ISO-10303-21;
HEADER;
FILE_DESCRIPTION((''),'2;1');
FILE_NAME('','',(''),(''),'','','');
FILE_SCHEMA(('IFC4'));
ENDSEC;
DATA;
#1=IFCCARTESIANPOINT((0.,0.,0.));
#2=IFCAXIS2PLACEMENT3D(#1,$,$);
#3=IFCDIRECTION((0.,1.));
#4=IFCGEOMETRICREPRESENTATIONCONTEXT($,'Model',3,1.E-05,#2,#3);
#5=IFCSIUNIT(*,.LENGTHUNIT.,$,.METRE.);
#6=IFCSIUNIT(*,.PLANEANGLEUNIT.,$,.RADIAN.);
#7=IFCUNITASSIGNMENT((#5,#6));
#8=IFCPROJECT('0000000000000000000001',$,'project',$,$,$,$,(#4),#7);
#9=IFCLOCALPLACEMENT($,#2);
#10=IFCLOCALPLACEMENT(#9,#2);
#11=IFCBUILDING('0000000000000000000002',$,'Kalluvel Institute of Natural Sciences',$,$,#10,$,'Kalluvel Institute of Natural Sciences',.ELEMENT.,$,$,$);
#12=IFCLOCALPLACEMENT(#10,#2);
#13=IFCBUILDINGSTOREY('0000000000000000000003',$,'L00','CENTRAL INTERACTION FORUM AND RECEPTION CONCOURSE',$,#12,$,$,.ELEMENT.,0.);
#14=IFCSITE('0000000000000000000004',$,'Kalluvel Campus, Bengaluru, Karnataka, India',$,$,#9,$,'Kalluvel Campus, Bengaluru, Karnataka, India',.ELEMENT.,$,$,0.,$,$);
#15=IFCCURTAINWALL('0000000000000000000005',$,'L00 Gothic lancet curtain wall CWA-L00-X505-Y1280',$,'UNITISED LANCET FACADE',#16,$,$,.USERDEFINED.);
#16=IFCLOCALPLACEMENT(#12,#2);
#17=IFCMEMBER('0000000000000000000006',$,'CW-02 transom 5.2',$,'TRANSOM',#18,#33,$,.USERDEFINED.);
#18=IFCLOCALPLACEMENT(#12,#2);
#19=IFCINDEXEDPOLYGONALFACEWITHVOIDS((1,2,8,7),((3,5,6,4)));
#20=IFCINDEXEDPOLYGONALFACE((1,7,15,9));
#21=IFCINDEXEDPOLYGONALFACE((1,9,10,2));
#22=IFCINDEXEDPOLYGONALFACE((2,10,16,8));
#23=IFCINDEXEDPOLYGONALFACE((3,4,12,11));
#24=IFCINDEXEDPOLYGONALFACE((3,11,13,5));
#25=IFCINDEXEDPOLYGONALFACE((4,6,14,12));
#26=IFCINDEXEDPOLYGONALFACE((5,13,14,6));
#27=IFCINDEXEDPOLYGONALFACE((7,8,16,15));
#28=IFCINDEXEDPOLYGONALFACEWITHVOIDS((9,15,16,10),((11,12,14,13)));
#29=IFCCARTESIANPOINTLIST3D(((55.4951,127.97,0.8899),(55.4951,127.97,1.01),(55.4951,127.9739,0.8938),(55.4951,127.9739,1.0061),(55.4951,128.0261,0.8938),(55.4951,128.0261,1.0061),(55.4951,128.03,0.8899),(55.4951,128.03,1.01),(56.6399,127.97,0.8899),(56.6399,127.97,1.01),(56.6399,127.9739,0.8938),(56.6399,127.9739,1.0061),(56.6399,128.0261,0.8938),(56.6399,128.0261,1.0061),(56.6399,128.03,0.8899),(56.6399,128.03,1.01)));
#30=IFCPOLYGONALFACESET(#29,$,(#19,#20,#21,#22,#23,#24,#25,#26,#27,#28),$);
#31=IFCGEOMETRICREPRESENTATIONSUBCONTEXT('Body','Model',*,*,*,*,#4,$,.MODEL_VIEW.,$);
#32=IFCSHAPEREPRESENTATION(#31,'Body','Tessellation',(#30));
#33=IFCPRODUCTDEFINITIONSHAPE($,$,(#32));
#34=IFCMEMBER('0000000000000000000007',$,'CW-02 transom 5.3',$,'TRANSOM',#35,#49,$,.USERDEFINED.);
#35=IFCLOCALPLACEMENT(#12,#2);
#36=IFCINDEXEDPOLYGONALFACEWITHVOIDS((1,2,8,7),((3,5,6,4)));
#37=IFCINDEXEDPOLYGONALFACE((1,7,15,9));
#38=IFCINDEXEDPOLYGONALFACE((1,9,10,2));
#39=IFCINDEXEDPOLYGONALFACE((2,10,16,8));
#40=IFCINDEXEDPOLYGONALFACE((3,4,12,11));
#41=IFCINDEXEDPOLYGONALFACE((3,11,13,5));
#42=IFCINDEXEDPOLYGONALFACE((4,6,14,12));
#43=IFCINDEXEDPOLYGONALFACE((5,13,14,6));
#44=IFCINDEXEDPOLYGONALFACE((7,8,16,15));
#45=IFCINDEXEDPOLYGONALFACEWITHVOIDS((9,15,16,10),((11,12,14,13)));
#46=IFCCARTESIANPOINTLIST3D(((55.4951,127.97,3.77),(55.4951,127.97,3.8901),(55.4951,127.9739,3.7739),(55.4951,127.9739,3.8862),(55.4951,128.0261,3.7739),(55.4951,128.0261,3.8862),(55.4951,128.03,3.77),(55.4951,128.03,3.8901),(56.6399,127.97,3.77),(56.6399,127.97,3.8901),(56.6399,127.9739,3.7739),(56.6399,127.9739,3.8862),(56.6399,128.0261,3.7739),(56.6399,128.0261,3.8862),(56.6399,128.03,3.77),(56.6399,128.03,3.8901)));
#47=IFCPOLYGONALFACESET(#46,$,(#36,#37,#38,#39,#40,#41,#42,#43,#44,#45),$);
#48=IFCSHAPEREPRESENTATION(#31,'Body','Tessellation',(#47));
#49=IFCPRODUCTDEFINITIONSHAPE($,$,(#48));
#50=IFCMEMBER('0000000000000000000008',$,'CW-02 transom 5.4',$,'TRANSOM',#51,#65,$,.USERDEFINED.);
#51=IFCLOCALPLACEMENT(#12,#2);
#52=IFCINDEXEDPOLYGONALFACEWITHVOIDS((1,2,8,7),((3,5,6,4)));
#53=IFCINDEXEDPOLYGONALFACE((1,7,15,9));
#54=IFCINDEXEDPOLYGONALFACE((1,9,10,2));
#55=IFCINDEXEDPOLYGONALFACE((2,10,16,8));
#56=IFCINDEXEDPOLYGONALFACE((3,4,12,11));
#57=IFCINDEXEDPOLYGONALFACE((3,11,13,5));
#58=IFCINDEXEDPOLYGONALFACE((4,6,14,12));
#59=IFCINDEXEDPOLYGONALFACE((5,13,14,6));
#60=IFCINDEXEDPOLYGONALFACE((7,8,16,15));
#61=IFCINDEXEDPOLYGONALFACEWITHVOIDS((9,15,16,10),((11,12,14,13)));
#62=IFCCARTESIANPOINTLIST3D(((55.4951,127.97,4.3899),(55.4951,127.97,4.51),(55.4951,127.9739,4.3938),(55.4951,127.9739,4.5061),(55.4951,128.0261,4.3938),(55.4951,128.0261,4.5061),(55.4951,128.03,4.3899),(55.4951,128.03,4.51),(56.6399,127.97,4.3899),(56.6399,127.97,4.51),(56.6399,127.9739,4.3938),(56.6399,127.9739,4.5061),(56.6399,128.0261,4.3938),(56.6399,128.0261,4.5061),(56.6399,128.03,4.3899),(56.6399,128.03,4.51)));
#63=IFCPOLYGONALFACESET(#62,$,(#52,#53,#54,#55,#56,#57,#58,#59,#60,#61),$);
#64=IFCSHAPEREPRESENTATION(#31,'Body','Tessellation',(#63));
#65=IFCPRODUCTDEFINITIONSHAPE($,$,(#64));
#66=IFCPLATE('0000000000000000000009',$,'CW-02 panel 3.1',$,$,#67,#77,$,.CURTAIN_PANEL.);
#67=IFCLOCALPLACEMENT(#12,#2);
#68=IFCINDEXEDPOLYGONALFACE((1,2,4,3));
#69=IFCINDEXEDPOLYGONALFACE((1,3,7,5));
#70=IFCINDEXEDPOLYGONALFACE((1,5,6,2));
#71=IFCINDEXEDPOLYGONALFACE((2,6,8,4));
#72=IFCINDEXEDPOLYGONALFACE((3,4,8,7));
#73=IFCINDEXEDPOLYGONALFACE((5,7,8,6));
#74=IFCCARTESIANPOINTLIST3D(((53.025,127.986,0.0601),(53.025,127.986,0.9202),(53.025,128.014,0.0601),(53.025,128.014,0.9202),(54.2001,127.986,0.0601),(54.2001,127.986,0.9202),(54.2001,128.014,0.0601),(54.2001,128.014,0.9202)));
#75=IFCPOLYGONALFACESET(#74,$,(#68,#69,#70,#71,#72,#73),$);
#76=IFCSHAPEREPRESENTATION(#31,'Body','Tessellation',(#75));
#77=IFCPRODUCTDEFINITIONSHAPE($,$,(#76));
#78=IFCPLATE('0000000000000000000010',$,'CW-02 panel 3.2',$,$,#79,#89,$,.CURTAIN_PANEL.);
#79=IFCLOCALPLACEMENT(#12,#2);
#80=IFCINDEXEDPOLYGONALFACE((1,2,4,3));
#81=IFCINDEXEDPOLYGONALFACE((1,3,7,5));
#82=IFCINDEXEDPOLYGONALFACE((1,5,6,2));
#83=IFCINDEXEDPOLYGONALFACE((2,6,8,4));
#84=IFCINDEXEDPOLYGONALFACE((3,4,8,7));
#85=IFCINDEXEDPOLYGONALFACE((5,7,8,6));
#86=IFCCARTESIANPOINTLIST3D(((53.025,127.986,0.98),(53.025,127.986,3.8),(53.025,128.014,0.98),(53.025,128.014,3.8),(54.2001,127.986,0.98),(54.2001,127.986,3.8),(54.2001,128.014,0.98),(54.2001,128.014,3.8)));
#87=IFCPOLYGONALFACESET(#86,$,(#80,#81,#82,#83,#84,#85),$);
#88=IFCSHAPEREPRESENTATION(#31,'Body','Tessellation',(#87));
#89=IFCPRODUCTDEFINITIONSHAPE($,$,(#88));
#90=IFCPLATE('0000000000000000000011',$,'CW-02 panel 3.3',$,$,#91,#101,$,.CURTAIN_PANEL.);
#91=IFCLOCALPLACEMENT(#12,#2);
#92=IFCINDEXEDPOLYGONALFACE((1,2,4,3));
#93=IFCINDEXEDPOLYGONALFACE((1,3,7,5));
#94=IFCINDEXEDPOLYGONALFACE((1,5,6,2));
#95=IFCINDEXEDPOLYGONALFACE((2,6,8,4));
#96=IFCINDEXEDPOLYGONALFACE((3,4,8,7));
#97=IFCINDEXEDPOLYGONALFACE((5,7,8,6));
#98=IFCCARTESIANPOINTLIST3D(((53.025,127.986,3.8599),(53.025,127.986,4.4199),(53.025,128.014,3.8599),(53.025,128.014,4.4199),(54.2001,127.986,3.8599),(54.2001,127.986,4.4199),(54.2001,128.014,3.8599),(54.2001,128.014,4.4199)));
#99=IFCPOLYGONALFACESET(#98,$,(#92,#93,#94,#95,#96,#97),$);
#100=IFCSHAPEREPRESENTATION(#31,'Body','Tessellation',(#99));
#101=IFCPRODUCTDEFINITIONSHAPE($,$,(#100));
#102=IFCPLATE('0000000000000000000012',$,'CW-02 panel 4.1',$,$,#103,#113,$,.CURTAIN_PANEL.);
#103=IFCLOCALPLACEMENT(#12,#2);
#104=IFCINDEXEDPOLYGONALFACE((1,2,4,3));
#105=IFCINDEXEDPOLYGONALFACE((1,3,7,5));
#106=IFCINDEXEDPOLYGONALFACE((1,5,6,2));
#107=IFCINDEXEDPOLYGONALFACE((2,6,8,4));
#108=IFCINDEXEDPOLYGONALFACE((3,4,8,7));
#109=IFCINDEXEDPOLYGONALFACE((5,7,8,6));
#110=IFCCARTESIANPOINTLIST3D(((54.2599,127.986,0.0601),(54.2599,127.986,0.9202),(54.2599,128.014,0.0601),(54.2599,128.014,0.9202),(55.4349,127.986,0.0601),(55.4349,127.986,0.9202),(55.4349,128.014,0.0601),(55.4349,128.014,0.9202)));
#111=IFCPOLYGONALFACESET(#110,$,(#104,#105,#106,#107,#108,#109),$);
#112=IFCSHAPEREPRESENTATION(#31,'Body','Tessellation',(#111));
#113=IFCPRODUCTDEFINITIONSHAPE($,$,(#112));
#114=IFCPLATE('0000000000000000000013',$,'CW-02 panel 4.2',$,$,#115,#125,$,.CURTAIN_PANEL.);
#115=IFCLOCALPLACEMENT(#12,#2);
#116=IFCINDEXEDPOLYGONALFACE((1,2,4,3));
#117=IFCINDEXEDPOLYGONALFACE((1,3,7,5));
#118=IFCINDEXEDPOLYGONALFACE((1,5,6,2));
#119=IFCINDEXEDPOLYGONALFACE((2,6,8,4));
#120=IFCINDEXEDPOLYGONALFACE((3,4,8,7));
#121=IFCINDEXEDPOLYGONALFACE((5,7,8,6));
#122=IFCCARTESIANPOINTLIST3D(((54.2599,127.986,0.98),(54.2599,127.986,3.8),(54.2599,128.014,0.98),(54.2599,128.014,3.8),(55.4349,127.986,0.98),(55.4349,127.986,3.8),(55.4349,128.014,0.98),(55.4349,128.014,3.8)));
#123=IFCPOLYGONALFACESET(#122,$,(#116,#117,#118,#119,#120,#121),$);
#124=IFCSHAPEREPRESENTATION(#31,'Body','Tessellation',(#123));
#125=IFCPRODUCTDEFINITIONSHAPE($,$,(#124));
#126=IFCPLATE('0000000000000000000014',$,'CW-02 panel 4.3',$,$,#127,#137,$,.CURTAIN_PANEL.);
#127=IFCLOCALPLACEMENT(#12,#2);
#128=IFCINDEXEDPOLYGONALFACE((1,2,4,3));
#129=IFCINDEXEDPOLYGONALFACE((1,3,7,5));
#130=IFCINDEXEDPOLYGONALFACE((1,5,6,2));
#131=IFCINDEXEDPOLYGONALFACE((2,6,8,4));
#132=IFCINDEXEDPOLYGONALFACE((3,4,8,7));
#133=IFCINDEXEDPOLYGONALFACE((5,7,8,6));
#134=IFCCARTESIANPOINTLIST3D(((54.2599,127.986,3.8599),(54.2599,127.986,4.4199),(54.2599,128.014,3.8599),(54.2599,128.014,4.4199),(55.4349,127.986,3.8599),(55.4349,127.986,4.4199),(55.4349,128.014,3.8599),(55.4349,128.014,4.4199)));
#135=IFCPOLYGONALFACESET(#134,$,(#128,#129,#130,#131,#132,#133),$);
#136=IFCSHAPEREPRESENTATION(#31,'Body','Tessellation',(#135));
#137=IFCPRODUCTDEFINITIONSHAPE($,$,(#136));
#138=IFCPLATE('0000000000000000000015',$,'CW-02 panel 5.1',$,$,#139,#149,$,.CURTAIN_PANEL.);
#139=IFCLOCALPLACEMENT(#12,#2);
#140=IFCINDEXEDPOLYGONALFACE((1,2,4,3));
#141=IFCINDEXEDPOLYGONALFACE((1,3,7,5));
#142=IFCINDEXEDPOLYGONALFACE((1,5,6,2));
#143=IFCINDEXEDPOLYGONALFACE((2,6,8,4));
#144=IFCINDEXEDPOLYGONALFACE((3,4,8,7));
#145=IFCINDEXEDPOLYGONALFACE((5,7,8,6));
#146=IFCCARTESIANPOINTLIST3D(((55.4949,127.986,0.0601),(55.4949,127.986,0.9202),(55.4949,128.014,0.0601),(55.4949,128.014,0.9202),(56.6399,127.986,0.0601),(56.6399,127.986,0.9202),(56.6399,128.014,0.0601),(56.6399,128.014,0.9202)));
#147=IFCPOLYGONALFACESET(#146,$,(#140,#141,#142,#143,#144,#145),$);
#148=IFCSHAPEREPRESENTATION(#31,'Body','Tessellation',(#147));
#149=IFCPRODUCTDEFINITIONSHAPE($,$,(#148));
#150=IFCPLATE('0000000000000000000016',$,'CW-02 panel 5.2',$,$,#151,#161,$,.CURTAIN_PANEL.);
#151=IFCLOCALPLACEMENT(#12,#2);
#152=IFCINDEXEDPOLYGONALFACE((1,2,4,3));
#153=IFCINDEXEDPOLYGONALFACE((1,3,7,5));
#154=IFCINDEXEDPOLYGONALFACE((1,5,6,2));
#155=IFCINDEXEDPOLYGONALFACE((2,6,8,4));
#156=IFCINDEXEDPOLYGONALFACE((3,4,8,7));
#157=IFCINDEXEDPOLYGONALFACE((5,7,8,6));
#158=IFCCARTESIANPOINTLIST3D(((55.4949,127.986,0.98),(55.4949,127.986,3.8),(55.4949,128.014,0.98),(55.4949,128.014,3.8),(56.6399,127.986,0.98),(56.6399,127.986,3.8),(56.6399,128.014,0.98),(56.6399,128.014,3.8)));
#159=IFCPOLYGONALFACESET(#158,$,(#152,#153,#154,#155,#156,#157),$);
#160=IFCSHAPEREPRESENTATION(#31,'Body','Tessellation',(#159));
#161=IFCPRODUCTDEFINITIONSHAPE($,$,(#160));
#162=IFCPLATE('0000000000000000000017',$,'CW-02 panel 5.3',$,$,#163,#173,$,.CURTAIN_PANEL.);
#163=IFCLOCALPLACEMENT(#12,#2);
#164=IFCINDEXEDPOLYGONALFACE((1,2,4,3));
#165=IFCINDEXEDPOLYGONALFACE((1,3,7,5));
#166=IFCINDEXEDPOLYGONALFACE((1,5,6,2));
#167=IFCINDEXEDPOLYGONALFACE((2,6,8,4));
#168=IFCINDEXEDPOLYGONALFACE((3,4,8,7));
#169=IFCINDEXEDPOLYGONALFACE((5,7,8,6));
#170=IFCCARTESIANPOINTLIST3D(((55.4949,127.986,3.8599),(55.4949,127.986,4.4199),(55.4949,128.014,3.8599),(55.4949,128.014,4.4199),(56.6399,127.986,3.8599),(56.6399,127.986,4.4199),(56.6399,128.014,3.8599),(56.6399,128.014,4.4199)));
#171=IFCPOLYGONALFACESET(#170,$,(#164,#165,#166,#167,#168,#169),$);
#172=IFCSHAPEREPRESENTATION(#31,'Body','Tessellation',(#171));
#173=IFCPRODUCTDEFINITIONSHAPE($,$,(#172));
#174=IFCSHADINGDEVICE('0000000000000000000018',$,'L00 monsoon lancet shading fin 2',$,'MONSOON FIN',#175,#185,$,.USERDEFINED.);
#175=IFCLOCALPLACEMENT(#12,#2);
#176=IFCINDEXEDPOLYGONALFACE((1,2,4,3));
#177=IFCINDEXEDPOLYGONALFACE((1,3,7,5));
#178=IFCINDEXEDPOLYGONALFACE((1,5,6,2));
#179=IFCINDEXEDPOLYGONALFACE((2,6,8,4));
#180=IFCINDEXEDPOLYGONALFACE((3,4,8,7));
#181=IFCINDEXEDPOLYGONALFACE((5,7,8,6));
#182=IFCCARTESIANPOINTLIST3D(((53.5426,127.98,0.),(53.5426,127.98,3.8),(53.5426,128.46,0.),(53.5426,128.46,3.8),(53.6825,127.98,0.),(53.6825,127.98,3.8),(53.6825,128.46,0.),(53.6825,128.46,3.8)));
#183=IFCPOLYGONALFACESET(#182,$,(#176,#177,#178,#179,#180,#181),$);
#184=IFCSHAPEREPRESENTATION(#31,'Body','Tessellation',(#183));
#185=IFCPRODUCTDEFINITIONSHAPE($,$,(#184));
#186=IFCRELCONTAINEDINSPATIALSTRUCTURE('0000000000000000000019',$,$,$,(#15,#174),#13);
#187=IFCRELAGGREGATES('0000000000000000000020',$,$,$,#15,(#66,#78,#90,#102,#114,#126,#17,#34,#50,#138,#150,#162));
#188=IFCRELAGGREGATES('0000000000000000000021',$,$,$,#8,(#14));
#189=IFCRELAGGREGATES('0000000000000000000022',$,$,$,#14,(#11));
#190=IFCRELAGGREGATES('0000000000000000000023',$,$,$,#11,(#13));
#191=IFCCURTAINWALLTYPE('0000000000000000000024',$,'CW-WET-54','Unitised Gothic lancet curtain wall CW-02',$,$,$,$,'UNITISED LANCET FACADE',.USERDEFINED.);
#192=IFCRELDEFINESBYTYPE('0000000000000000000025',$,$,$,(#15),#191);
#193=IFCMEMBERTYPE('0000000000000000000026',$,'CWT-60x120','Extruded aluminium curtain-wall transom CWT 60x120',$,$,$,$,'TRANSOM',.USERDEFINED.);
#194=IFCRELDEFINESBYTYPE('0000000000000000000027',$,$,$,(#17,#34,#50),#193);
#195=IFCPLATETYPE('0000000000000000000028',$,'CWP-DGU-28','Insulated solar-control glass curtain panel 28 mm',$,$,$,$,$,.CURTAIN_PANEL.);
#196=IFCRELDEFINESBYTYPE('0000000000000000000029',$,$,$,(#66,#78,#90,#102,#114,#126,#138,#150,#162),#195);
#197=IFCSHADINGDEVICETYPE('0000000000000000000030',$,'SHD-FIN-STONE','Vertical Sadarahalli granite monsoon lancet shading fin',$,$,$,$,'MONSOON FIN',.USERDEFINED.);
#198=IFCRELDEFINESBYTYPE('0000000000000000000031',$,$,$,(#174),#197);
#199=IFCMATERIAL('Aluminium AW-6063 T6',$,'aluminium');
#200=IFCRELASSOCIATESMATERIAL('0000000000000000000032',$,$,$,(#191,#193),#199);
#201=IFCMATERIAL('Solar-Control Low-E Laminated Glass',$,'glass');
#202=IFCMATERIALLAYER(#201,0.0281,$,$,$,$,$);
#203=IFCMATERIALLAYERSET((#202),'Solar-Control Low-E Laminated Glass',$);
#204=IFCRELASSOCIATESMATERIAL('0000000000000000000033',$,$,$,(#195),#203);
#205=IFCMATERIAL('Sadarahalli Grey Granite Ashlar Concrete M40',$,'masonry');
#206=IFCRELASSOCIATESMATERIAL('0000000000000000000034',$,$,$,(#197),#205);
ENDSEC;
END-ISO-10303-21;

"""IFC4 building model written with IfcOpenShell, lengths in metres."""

from ifc_helpers import new_model, si_unit, direction, frame, origin, origin_2d, place, context, subcontext, project, spatial, rectangle, hollow_rectangle, extrude, material, layer, layer_set, material_profile, profile_set, type_object, element, aggregate, save


model = new_model("IFC4")

# Units and contexts
model_context = context("Model", 3, precision=1e-05, world=origin(), true_north=direction((0.0, 1.0)))
body_context = subcontext(model_context, "Body", "Model", "MODEL_VIEW")
ifc_project = project(units=[si_unit("LENGTHUNIT", "METRE"), si_unit("PLANEANGLEUNIT", "RADIAN")], contexts=[model_context])

# Site, building, storey
site_placement = place(None, origin())
site = spatial("IfcSite", under=ifc_project, at=site_placement, Name="Kalluvel Campus, Bengaluru, Karnataka, India", LongName="Kalluvel Campus, Bengaluru, Karnataka, India", CompositionType="ELEMENT", RefElevation=0.0)
building_placement = place(site_placement, origin())
building = spatial("IfcBuilding", under=site, at=building_placement, Name="Kalluvel Institute of Natural Sciences", LongName="Kalluvel Institute of Natural Sciences", CompositionType="ELEMENT")
storey_placement = place(building_placement, origin())
storey = spatial("IfcBuildingStorey", under=building, at=storey_placement, Name="L00", Description="CENTRAL INTERACTION FORUM AND RECEPTION CONCOURSE", CompositionType="ELEMENT", Elevation=0.0)

# Curtain wall, members, plates
ifc_material_1 = material(Name="Aluminium AW-6063 T6", Category="aluminium")
curtain_wall_type = type_object("IfcCurtainWallType", Name="CW-WET-54", Description="Unitised Gothic lancet curtain wall CW-02", ElementType="UNITISED LANCET FACADE", PredefinedType="USERDEFINED", material=ifc_material_1)
curtain_wall_placement = place(storey_placement, origin())
curtain_wall = element("IfcCurtainWall", 1, at=curtain_wall_placement, inside=storey, type_object=curtain_wall_type, Name="L00 Gothic lancet curtain wall CWA-L00-X505-Y1280", ObjectType="UNITISED LANCET FACADE", PredefinedType="USERDEFINED")
ifc_material_profile_1 = material_profile(ifc_material_1, hollow_rectangle(XDim=0.0601, YDim=0.1201, WallThickness=0.0039, at=origin_2d()), Name="CWT 60x120")
ifc_profile_set_1 = profile_set([ifc_material_profile_1], Name="Aluminium AW-6063 T6")
member_type_1 = type_object("IfcMemberType", Name="CWT-60x120", Description="Extruded aluminium curtain-wall transom CWT 60x120", ElementType="TRANSOM", PredefinedType="USERDEFINED", material=ifc_profile_set_1)
member_1_placement = place(storey_placement, frame((55.4951, 128.0, 0.95), z_axis=(1.0, 0.0, 0.0), x_axis=(0.0, 1.0, 0.0)))
member_1 = element("IfcMember", 2, at=member_1_placement, type_object=member_type_1, Name="CW-02 transom 5.2", ObjectType="TRANSOM", PredefinedType="USERDEFINED", context=body_context, shape_type="SweptSolid", body=[
    extrude(hollow_rectangle(XDim=0.0601, YDim=0.1201, WallThickness=0.0039, at=origin_2d()), origin(), (0.0, 0.0, 1.0), 1.1448),
])
member_2_placement = place(storey_placement, frame((55.4951, 128.0, 3.8301), z_axis=(1.0, 0.0, 0.0), x_axis=(0.0, 1.0, 0.0)))
member_2 = element("IfcMember", 3, at=member_2_placement, type_object=member_type_1, Name="CW-02 transom 5.3", ObjectType="TRANSOM", PredefinedType="USERDEFINED", context=body_context, shape_type="SweptSolid", body=[
    extrude(hollow_rectangle(XDim=0.0601, YDim=0.1201, WallThickness=0.0039, at=origin_2d()), origin(), (0.0, 0.0, 1.0), 1.1448),
])
member_3_placement = place(storey_placement, frame((55.4951, 128.0, 4.45), z_axis=(1.0, 0.0, 0.0), x_axis=(0.0, 1.0, 0.0)))
member_3 = element("IfcMember", 4, at=member_3_placement, type_object=member_type_1, Name="CW-02 transom 5.4", ObjectType="TRANSOM", PredefinedType="USERDEFINED", context=body_context, shape_type="SweptSolid", body=[
    extrude(hollow_rectangle(XDim=0.0601, YDim=0.1201, WallThickness=0.0039, at=origin_2d()), origin(), (0.0, 0.0, 1.0), 1.1448),
])
ifc_material_2 = material(Name="Solar-Control Low-E Laminated Glass", Category="glass")
ifc_layer = layer(ifc_material_2, 0.0281)
ifc_layer_set = layer_set([ifc_layer], Name="Solar-Control Low-E Laminated Glass")
plate_type = type_object("IfcPlateType", Name="CWP-DGU-28", Description="Insulated solar-control glass curtain panel 28 mm", PredefinedType="CURTAIN_PANEL", material=ifc_layer_set)
plate_1_placement = place(storey_placement, frame((53.6125, 128.0, 0.0601), z_axis=(0.0, 0.0, 1.0), x_axis=(1.0, 0.0, 0.0)))
plate_1 = element("IfcPlate", 5, at=plate_1_placement, type_object=plate_type, Name="CW-02 panel 3.1", PredefinedType="CURTAIN_PANEL", context=body_context, shape_type="SweptSolid", body=[
    extrude(rectangle(XDim=1.175, YDim=0.0281, at=origin_2d()), origin(), (0.0, 0.0, 1.0), 0.8601),
])
plate_2_placement = place(storey_placement, frame((53.6125, 128.0, 0.98), z_axis=(0.0, 0.0, 1.0), x_axis=(1.0, 0.0, 0.0)))
plate_2 = element("IfcPlate", 6, at=plate_2_placement, type_object=plate_type, Name="CW-02 panel 3.2", PredefinedType="CURTAIN_PANEL", context=body_context, shape_type="SweptSolid", body=[
    extrude(rectangle(XDim=1.175, YDim=0.0281, at=origin_2d()), origin(), (0.0, 0.0, 1.0), 2.8201),
])
plate_3_placement = place(storey_placement, frame((53.6125, 128.0, 3.8599), z_axis=(0.0, 0.0, 1.0), x_axis=(1.0, 0.0, 0.0)))
plate_3 = element("IfcPlate", 7, at=plate_3_placement, type_object=plate_type, Name="CW-02 panel 3.3", PredefinedType="CURTAIN_PANEL", context=body_context, shape_type="SweptSolid", body=[
    extrude(rectangle(XDim=1.175, YDim=0.0281, at=origin_2d()), origin(), (0.0, 0.0, 1.0), 0.5601),
])
plate_4_placement = place(storey_placement, frame((54.8474, 128.0, 0.0601), z_axis=(0.0, 0.0, 1.0), x_axis=(1.0, 0.0, 0.0)))
plate_4 = element("IfcPlate", 8, at=plate_4_placement, type_object=plate_type, Name="CW-02 panel 4.1", PredefinedType="CURTAIN_PANEL", context=body_context, shape_type="SweptSolid", body=[
    extrude(rectangle(XDim=1.175, YDim=0.0281, at=origin_2d()), origin(), (0.0, 0.0, 1.0), 0.8601),
])
plate_5_placement = place(storey_placement, frame((54.8474, 128.0, 0.98), z_axis=(0.0, 0.0, 1.0), x_axis=(1.0, 0.0, 0.0)))
plate_5 = element("IfcPlate", 9, at=plate_5_placement, type_object=plate_type, Name="CW-02 panel 4.2", PredefinedType="CURTAIN_PANEL", context=body_context, shape_type="SweptSolid", body=[
    extrude(rectangle(XDim=1.175, YDim=0.0281, at=origin_2d()), origin(), (0.0, 0.0, 1.0), 2.8201),
])
plate_6_placement = place(storey_placement, frame((54.8474, 128.0, 3.8599), z_axis=(0.0, 0.0, 1.0), x_axis=(1.0, 0.0, 0.0)))
plate_6 = element("IfcPlate", 10, at=plate_6_placement, type_object=plate_type, Name="CW-02 panel 4.3", PredefinedType="CURTAIN_PANEL", context=body_context, shape_type="SweptSolid", body=[
    extrude(rectangle(XDim=1.175, YDim=0.0281, at=origin_2d()), origin(), (0.0, 0.0, 1.0), 0.5601),
])
plate_7_placement = place(storey_placement, frame((56.0674, 128.0, 0.0601), z_axis=(0.0, 0.0, 1.0), x_axis=(1.0, 0.0, 0.0)))
plate_7 = element("IfcPlate", 11, at=plate_7_placement, type_object=plate_type, Name="CW-02 panel 5.1", PredefinedType="CURTAIN_PANEL", context=body_context, shape_type="SweptSolid", body=[
    extrude(rectangle(XDim=1.145, YDim=0.0281, at=origin_2d()), origin(), (0.0, 0.0, 1.0), 0.8601),
])
plate_8_placement = place(storey_placement, frame((56.0674, 128.0, 0.98), z_axis=(0.0, 0.0, 1.0), x_axis=(1.0, 0.0, 0.0)))
plate_8 = element("IfcPlate", 12, at=plate_8_placement, type_object=plate_type, Name="CW-02 panel 5.2", PredefinedType="CURTAIN_PANEL", context=body_context, shape_type="SweptSolid", body=[
    extrude(rectangle(XDim=1.145, YDim=0.0281, at=origin_2d()), origin(), (0.0, 0.0, 1.0), 2.8201),
])
plate_9_placement = place(storey_placement, frame((56.0674, 128.0, 3.8599), z_axis=(0.0, 0.0, 1.0), x_axis=(1.0, 0.0, 0.0)))
plate_9 = element("IfcPlate", 13, at=plate_9_placement, type_object=plate_type, Name="CW-02 panel 5.3", PredefinedType="CURTAIN_PANEL", context=body_context, shape_type="SweptSolid", body=[
    extrude(rectangle(XDim=1.145, YDim=0.0281, at=origin_2d()), origin(), (0.0, 0.0, 1.0), 0.5601),
])
aggregate(curtain_wall, [plate_1, plate_2, plate_3, plate_4, plate_5, plate_6, member_1, member_2, member_3, plate_7, plate_8, plate_9])

# Shading device
ifc_material_3 = material(Name="Sadarahalli Grey Granite Ashlar Concrete M40", Category="masonry")
shading_device_type = type_object("IfcShadingDeviceType", Name="SHD-FIN-STONE", Description="Vertical Sadarahalli granite monsoon lancet shading fin", ElementType="MONSOON FIN", PredefinedType="USERDEFINED", material=ifc_material_3)
shading_device_placement = place(storey_placement, frame((53.6125, 128.22, 0.0), z_axis=(0.0, 0.0, 1.0), x_axis=(1.0, 0.0, 0.0)))
element("IfcShadingDevice", 14, at=shading_device_placement, inside=storey, type_object=shading_device_type, Name="L00 monsoon lancet shading fin 2", ObjectType="MONSOON FIN", PredefinedType="USERDEFINED", context=body_context, shape_type="SweptSolid", body=[
    extrude(rectangle(XDim=0.1399, YDim=0.48, at=origin_2d()), origin(), (0.0, 0.0, 1.0), 3.8),
])

save(model, "model.ifc")
